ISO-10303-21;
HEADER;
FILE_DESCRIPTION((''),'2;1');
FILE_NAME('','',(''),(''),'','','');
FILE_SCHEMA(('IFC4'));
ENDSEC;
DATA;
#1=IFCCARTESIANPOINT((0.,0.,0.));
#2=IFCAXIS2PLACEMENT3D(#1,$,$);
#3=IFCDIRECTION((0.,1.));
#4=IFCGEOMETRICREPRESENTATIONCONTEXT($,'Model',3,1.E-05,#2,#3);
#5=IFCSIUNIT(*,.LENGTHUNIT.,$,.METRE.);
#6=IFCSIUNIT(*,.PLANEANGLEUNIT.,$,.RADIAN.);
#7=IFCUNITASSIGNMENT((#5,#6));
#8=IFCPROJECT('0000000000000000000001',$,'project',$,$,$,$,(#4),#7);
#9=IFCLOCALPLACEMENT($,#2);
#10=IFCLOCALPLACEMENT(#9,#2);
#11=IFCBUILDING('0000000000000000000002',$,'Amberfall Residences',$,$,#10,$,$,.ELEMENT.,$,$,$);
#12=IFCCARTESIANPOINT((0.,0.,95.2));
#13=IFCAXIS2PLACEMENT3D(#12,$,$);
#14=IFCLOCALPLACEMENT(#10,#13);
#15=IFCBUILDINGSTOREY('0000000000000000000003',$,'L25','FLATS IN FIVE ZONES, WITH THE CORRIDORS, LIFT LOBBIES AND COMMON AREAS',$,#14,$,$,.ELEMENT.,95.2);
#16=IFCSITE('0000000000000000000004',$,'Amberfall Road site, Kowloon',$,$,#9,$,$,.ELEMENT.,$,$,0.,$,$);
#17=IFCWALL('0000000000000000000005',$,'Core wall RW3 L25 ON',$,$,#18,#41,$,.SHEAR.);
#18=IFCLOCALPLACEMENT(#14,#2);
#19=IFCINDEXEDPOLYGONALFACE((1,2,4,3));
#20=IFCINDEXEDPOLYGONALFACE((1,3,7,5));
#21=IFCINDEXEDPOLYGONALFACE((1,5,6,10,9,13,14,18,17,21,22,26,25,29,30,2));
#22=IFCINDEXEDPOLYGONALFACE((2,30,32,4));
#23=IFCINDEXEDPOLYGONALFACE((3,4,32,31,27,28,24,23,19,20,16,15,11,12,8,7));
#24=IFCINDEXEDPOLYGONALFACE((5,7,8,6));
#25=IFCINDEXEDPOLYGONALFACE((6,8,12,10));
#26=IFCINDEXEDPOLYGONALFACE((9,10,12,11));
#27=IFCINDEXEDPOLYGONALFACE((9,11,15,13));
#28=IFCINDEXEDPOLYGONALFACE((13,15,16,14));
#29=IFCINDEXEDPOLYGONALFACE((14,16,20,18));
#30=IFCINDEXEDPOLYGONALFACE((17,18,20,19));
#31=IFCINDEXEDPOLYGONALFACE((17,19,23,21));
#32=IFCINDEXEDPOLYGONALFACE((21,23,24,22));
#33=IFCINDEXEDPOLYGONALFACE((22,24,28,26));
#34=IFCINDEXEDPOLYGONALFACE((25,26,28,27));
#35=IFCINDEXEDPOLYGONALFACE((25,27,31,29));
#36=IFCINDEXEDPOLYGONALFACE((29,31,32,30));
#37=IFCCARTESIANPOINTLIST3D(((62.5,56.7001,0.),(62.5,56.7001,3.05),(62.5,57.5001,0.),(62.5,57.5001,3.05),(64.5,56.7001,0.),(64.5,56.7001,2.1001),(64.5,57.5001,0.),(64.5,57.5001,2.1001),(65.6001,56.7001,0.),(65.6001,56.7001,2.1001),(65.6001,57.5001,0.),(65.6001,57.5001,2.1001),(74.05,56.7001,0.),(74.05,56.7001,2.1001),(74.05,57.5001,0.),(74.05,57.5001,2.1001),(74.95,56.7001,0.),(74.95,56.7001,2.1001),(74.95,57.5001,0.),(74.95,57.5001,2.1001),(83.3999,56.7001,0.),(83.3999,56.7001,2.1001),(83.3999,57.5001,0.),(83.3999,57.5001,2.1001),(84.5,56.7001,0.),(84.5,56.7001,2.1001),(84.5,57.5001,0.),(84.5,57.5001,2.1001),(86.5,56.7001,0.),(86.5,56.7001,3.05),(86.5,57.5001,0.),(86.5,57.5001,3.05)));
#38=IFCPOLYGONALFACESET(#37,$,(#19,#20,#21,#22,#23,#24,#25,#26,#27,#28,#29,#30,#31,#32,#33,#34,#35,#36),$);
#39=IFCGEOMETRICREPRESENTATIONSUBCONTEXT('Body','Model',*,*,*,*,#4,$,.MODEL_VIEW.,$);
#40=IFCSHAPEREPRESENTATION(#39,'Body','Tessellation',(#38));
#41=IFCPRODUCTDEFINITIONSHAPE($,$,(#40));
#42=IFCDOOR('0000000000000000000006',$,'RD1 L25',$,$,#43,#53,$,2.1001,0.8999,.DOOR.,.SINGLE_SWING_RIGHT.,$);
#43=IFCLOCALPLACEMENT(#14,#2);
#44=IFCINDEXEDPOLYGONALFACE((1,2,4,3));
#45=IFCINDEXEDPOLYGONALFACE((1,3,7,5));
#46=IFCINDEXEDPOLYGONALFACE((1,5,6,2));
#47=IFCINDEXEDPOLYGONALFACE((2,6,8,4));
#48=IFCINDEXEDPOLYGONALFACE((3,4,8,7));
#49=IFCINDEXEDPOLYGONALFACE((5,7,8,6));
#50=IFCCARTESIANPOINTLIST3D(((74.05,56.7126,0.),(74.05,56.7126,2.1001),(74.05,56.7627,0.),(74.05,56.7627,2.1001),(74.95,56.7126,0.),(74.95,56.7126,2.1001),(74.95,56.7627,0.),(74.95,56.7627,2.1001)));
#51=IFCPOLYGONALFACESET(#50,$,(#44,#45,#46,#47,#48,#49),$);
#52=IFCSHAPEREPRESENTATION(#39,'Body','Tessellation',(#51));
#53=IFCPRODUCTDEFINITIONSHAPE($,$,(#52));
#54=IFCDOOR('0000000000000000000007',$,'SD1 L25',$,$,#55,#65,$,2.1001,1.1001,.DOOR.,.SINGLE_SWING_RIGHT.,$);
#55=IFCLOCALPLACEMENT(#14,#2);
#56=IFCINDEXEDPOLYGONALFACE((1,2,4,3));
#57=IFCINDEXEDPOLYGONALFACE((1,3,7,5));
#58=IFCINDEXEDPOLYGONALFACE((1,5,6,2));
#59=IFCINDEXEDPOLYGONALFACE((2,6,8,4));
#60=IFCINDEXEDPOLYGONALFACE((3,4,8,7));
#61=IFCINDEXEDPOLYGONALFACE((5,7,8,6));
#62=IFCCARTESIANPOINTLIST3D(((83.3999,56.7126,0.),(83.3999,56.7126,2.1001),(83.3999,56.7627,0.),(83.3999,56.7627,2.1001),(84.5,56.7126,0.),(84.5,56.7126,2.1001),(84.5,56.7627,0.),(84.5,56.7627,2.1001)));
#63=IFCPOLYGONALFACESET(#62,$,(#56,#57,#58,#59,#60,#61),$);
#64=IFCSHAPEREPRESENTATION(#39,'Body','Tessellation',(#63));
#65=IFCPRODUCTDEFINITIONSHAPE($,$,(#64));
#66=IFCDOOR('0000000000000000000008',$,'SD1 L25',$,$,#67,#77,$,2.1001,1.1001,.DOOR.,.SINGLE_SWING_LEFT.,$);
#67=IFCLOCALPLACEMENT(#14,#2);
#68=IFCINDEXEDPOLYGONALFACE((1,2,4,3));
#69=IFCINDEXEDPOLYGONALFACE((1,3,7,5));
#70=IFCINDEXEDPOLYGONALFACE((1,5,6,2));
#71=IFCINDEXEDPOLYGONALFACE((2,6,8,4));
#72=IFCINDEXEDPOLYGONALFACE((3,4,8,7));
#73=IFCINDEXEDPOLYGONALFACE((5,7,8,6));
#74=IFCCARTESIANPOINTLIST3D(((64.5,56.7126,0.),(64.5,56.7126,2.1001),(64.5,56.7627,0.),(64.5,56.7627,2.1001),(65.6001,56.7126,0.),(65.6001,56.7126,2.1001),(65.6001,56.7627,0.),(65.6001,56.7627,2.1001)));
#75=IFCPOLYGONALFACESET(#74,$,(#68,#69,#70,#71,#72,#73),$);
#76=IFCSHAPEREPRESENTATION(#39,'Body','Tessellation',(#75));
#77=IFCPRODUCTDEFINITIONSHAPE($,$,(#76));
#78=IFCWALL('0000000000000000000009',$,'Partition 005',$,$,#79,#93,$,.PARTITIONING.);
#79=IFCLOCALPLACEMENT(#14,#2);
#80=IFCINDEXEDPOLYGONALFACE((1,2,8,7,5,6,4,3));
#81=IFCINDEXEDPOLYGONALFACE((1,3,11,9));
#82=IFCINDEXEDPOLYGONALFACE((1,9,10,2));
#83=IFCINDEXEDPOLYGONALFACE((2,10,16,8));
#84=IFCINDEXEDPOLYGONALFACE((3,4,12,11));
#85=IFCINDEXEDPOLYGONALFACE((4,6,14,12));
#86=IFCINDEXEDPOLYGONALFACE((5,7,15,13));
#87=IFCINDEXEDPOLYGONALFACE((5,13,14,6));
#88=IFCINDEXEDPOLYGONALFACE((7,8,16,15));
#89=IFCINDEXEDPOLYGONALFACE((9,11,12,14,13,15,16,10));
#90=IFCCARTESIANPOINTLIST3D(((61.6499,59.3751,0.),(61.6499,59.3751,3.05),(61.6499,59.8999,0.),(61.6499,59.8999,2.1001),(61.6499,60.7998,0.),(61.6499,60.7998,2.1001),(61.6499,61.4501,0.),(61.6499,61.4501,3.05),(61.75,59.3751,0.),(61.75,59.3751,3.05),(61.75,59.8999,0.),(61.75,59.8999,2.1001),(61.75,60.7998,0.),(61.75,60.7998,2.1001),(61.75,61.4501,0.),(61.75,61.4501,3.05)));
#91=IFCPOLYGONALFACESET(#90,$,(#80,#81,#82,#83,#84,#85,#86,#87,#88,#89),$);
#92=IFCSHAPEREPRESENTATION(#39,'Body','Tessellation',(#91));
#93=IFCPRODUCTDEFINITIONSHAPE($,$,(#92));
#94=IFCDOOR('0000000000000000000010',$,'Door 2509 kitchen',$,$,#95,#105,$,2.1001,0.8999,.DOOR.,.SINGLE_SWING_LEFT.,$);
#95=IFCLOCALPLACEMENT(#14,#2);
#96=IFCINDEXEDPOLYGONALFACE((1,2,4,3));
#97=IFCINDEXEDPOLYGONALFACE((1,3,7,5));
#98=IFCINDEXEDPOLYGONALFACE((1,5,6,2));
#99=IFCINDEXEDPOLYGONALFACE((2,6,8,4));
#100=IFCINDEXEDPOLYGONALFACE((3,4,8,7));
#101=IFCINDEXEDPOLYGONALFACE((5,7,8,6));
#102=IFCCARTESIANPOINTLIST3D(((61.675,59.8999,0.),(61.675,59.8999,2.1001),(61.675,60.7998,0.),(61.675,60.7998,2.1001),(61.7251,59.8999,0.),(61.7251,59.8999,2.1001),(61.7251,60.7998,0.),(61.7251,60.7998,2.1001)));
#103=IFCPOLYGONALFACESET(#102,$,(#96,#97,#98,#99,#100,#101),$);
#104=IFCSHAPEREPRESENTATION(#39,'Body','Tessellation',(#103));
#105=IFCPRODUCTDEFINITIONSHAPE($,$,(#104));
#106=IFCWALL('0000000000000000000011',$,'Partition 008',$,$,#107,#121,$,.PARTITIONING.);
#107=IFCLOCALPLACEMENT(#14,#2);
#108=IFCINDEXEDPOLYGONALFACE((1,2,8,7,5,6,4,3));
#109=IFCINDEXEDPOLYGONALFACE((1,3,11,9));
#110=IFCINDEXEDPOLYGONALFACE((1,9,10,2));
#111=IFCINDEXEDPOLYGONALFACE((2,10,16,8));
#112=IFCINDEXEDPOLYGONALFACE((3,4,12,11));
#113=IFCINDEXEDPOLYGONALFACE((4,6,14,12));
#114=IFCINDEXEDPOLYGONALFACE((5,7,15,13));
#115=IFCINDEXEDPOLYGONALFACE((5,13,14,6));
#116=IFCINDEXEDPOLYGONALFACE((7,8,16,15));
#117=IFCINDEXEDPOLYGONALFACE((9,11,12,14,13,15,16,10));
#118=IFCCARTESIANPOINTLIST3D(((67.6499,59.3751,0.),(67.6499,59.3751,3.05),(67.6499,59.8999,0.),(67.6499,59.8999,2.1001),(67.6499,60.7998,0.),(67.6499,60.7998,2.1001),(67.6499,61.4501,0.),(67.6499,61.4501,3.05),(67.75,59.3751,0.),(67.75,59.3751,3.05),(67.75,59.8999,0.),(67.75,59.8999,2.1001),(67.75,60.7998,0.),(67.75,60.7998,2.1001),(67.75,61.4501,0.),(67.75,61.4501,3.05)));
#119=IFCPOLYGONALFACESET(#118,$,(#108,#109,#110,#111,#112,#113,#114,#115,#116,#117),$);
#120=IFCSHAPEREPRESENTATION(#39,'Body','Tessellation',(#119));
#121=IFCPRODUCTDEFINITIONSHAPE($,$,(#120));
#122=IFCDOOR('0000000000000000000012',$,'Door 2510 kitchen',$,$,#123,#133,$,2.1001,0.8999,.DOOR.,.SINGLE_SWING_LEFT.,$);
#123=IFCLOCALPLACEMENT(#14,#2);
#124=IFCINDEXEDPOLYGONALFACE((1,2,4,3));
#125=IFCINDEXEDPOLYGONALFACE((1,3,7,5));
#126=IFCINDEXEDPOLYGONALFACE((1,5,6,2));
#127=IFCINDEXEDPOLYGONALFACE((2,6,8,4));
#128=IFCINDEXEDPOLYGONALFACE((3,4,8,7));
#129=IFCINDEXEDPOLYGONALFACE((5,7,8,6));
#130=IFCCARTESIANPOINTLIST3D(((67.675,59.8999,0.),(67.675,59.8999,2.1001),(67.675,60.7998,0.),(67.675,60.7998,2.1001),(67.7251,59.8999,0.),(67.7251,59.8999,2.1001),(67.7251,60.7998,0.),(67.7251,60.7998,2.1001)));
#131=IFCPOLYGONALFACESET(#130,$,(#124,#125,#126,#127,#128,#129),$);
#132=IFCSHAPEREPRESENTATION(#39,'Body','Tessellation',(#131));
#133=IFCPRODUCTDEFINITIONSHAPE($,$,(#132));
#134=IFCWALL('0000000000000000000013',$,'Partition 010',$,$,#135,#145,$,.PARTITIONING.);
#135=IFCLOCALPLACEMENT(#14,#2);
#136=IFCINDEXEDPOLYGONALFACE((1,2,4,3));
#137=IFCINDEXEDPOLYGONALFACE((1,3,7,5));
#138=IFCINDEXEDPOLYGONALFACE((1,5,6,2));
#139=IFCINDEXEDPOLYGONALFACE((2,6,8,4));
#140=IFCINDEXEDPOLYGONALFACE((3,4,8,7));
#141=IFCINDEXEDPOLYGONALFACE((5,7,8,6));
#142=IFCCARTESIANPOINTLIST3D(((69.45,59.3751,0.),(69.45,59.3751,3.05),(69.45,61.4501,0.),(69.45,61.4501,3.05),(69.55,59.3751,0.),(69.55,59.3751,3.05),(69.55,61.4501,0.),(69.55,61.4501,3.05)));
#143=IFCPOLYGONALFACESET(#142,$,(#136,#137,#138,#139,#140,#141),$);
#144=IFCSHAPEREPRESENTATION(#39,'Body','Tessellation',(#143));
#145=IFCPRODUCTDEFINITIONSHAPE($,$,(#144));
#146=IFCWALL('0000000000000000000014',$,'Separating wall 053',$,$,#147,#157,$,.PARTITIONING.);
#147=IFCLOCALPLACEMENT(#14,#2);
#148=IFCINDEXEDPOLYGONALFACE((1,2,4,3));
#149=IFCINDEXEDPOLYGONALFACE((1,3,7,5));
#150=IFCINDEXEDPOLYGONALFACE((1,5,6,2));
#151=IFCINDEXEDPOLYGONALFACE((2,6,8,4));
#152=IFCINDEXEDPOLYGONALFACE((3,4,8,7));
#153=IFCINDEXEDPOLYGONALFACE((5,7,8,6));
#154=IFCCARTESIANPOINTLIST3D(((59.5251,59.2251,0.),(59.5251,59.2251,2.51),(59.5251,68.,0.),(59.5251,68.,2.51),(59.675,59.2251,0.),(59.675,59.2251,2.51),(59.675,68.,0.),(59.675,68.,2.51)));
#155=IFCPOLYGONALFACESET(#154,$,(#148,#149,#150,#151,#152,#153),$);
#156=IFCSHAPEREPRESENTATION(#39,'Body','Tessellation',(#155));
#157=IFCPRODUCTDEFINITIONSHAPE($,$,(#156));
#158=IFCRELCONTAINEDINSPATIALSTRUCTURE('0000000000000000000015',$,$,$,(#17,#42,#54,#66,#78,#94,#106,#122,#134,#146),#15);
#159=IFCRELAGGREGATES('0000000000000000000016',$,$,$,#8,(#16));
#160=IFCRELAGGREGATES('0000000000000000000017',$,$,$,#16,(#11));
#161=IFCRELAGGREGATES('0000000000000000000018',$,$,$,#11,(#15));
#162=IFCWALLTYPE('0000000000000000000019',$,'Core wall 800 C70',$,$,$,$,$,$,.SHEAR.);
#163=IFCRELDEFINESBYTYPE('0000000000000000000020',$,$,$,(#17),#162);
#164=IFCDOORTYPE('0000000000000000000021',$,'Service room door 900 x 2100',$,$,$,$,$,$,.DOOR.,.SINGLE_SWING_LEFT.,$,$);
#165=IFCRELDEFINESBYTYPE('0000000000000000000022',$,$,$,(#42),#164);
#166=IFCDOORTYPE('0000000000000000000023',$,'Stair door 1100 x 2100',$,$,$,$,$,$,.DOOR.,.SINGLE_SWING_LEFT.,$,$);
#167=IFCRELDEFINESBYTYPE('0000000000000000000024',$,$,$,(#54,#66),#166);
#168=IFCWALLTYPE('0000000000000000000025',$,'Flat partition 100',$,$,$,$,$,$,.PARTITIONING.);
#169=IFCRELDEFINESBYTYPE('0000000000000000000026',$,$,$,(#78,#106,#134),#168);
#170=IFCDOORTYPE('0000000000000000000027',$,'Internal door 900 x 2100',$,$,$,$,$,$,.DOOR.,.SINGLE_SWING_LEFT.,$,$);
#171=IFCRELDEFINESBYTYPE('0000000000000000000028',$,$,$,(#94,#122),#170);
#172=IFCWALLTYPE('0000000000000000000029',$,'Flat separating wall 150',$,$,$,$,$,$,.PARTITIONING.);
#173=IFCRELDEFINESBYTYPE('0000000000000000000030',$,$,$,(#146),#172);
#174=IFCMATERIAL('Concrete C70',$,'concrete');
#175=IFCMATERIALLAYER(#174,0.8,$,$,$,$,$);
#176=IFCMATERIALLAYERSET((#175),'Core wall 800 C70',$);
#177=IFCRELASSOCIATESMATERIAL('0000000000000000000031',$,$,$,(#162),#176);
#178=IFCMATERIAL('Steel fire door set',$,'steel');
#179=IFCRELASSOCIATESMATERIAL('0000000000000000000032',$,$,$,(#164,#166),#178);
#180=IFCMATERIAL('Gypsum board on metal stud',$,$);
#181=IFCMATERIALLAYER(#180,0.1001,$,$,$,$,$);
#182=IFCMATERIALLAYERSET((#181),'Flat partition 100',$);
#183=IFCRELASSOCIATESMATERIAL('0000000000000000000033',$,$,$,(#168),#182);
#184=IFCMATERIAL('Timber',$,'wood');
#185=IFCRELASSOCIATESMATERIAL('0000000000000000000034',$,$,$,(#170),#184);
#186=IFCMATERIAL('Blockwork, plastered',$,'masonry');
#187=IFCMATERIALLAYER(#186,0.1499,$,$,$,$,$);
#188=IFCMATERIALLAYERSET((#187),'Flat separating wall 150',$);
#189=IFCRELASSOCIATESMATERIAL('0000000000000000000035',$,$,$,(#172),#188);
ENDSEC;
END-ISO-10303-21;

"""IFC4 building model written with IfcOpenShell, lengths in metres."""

from ifc_helpers import new_model, si_unit, direction, frame, frame_2d, origin, place, context, subcontext, project, spatial, rectangle, extrude, material, layer, layer_set, type_object, element, fill, save


model = new_model("IFC4")

# Units and contexts
model_context = context("Model", 3, precision=1e-05, world=origin(), true_north=direction((0.0, 1.0)))
body_context = subcontext(model_context, "Body", "Model", "MODEL_VIEW")
ifc_project = project(units=[si_unit("LENGTHUNIT", "METRE"), si_unit("PLANEANGLEUNIT", "RADIAN")], contexts=[model_context])

# Site, building, storey
site_placement = place(None, origin())
site = spatial("IfcSite", under=ifc_project, at=site_placement, Name="Amberfall Road site, Kowloon", CompositionType="ELEMENT", RefElevation=0.0)
building_placement = place(site_placement, origin())
building = spatial("IfcBuilding", under=site, at=building_placement, Name="Amberfall Residences", CompositionType="ELEMENT")
storey_placement = place(building_placement, frame((0.0, 0.0, 95.2)))
storey = spatial("IfcBuildingStorey", under=building, at=storey_placement, Name="L25", Description="FLATS IN FIVE ZONES, WITH THE CORRIDORS, LIFT LOBBIES AND COMMON AREAS", CompositionType="ELEMENT", Elevation=95.2)

# Wall, openings, doors
ifc_material_1 = material(Name="Concrete C70", Category="concrete")
ifc_layer_1 = layer(ifc_material_1, 0.8)
ifc_layer_set_1 = layer_set([ifc_layer_1], Name="Core wall 800 C70")
wall_type_1 = type_object("IfcWallType", Name="Core wall 800 C70", PredefinedType="SHEAR", material=ifc_layer_set_1)
wall_1_placement = place(storey_placement, frame((62.5, 57.1001, 0.0), z_axis=(0.0, 0.0, 1.0), x_axis=(1.0, 0.0, 0.0)))
wall_1 = element("IfcWall", 1, at=wall_1_placement, inside=storey, type_object=wall_type_1, Name="Core wall RW3 L25 ON", PredefinedType="SHEAR", context=body_context, shape_type="SweptSolid", body=[
    extrude(rectangle(XDim=24.0, YDim=0.8, at=frame_2d((12.0, 0.0))), origin(), (0.0, 0.0, 1.0), 3.05),
])
opening_1_placement = place(wall_1_placement, frame((20.8999, 0.0, 0.0)))
opening_1 = element("IfcOpeningElement", 2, at=opening_1_placement, cuts=wall_1, PredefinedType="OPENING", context=body_context, shape_type="SweptSolid", body=[
    extrude(rectangle(XDim=1.1001, YDim=2.1001, at=frame_2d((0.55, 1.05))), frame((0.0, 0.4099, 0.0), z_axis=(0.0, -1.0, 0.0), x_axis=(1.0, 0.0, 0.0)), (0.0, 0.0, 1.0), 0.8201),
])
opening_2_placement = place(wall_1_placement, frame((2.0, 0.0, 0.0)))
opening_2 = element("IfcOpeningElement", 3, at=opening_2_placement, cuts=wall_1, PredefinedType="OPENING", context=body_context, shape_type="SweptSolid", body=[
    extrude(rectangle(XDim=1.1001, YDim=2.1001, at=frame_2d((0.55, 1.05))), frame((0.0, 0.4099, 0.0), z_axis=(0.0, -1.0, 0.0), x_axis=(1.0, 0.0, 0.0)), (0.0, 0.0, 1.0), 0.8201),
])
opening_3_placement = place(wall_1_placement, frame((11.55, 0.0, 0.0)))
opening_3 = element("IfcOpeningElement", 4, at=opening_3_placement, cuts=wall_1, PredefinedType="OPENING", context=body_context, shape_type="SweptSolid", body=[
    extrude(rectangle(XDim=0.8999, YDim=2.1001, at=frame_2d((0.45, 1.05))), frame((0.0, 0.4099, 0.0), z_axis=(0.0, -1.0, 0.0), x_axis=(1.0, 0.0, 0.0)), (0.0, 0.0, 1.0), 0.8201),
])
ifc_material_2 = material(Name="Steel fire door set", Category="steel")
door_type_1 = type_object("IfcDoorType", Name="Service room door 900 x 2100", OperationType="SINGLE_SWING_LEFT", PredefinedType="DOOR", material=ifc_material_2)
door_1_placement = place(opening_3_placement, origin())
door_1 = element("IfcDoor", 5, at=door_1_placement, inside=storey, type_object=door_type_1, Name="RD1 L25", OperationType="SINGLE_SWING_RIGHT", OverallHeight=2.1001, OverallWidth=0.8999, PredefinedType="DOOR", context=body_context, shape_type="SweptSolid", body=[
    extrude(rectangle(XDim=0.8999, YDim=2.1001, at=frame_2d((0.45, 1.05))), frame((0.0, -0.3374, 0.0), z_axis=(0.0, -1.0, 0.0), x_axis=(1.0, 0.0, 0.0)), (0.0, 0.0, 1.0), 0.05),
])
fill(opening_3, door_1)
door_type_2 = type_object("IfcDoorType", Name="Stair door 1100 x 2100", OperationType="SINGLE_SWING_LEFT", PredefinedType="DOOR", material=ifc_material_2)
door_2_placement = place(opening_1_placement, origin())
door_2 = element("IfcDoor", 6, at=door_2_placement, inside=storey, type_object=door_type_2, Name="SD1 L25", OperationType="SINGLE_SWING_RIGHT", OverallHeight=2.1001, OverallWidth=1.1001, PredefinedType="DOOR", context=body_context, shape_type="SweptSolid", body=[
    extrude(rectangle(XDim=1.1001, YDim=2.1001, at=frame_2d((0.55, 1.05))), frame((0.0, -0.3374, 0.0), z_axis=(0.0, -1.0, 0.0), x_axis=(1.0, 0.0, 0.0)), (0.0, 0.0, 1.0), 0.05),
])
fill(opening_1, door_2)
door_3_placement = place(opening_2_placement, origin())
door_3 = element("IfcDoor", 7, at=door_3_placement, inside=storey, type_object=door_type_2, Name="SD1 L25", OperationType="SINGLE_SWING_LEFT", OverallHeight=2.1001, OverallWidth=1.1001, PredefinedType="DOOR", context=body_context, shape_type="SweptSolid", body=[
    extrude(rectangle(XDim=1.1001, YDim=2.1001, at=frame_2d((0.55, 1.05))), frame((0.0, -0.3374, 0.0), z_axis=(0.0, -1.0, 0.0), x_axis=(1.0, 0.0, 0.0)), (0.0, 0.0, 1.0), 0.05),
])
fill(opening_2, door_3)

# Walls, openings, doors
ifc_material_3 = material(Name="Gypsum board on metal stud")
ifc_layer_2 = layer(ifc_material_3, 0.1001)
ifc_layer_set_2 = layer_set([ifc_layer_2], Name="Flat partition 100")
wall_type_2 = type_object("IfcWallType", Name="Flat partition 100", PredefinedType="PARTITIONING", material=ifc_layer_set_2)
wall_2_placement = place(storey_placement, frame((61.7, 59.375, 0.0), z_axis=(0.0, 0.0, 1.0), x_axis=(0.0, 1.0, 0.0)))
wall_2 = element("IfcWall", 8, at=wall_2_placement, inside=storey, type_object=wall_type_2, Name="Partition 005", PredefinedType="PARTITIONING", context=body_context, shape_type="SweptSolid", body=[
    extrude(rectangle(XDim=2.075, YDim=0.1001, at=frame_2d((1.0376, 0.0))), origin(), (0.0, 0.0, 1.0), 3.05),
])
opening_4_placement = place(wall_2_placement, frame((0.5249, 0.0, 0.0)))
opening_4 = element("IfcOpeningElement", 9, at=opening_4_placement, cuts=wall_2, PredefinedType="OPENING", context=body_context, shape_type="SweptSolid", body=[
    extrude(rectangle(XDim=0.8999, YDim=2.1001, at=frame_2d((0.45, 1.05))), frame((0.0, 0.0601, 0.0), z_axis=(0.0, -1.0, 0.0), x_axis=(1.0, 0.0, 0.0)), (0.0, 0.0, 1.0), 0.1201),
])
ifc_material_4 = material(Name="Timber", Category="wood")
door_type_3 = type_object("IfcDoorType", Name="Internal door 900 x 2100", OperationType="SINGLE_SWING_LEFT", PredefinedType="DOOR", material=ifc_material_4)
door_4_placement = place(opening_4_placement, origin())
door_4 = element("IfcDoor", 10, at=door_4_placement, inside=storey, type_object=door_type_3, Name="Door 2509 kitchen", OperationType="SINGLE_SWING_LEFT", OverallHeight=2.1001, OverallWidth=0.8999, PredefinedType="DOOR", context=body_context, shape_type="SweptSolid", body=[
    extrude(rectangle(XDim=0.8999, YDim=2.1001, at=frame_2d((0.45, 1.05))), frame((0.0, 0.0249, 0.0), z_axis=(0.0, -1.0, 0.0), x_axis=(1.0, 0.0, 0.0)), (0.0, 0.0, 1.0), 0.05),
])
fill(opening_4, door_4)
wall_3_placement = place(storey_placement, frame((67.7, 59.375, 0.0), z_axis=(0.0, 0.0, 1.0), x_axis=(0.0, 1.0, 0.0)))
wall_3 = element("IfcWall", 11, at=wall_3_placement, inside=storey, type_object=wall_type_2, Name="Partition 008", PredefinedType="PARTITIONING", context=body_context, shape_type="SweptSolid", body=[
    extrude(rectangle(XDim=2.075, YDim=0.1001, at=frame_2d((1.0376, 0.0))), origin(), (0.0, 0.0, 1.0), 3.05),
])
opening_5_placement = place(wall_3_placement, frame((0.5249, 0.0, 0.0)))
opening_5 = element("IfcOpeningElement", 12, at=opening_5_placement, cuts=wall_3, PredefinedType="OPENING", context=body_context, shape_type="SweptSolid", body=[
    extrude(rectangle(XDim=0.8999, YDim=2.1001, at=frame_2d((0.45, 1.05))), frame((0.0, 0.0601, 0.0), z_axis=(0.0, -1.0, 0.0), x_axis=(1.0, 0.0, 0.0)), (0.0, 0.0, 1.0), 0.1201),
])
door_5_placement = place(opening_5_placement, origin())
door_5 = element("IfcDoor", 13, at=door_5_placement, inside=storey, type_object=door_type_3, Name="Door 2510 kitchen", OperationType="SINGLE_SWING_LEFT", OverallHeight=2.1001, OverallWidth=0.8999, PredefinedType="DOOR", context=body_context, shape_type="SweptSolid", body=[
    extrude(rectangle(XDim=0.8999, YDim=2.1001, at=frame_2d((0.45, 1.05))), frame((0.0, 0.0249, 0.0), z_axis=(0.0, -1.0, 0.0), x_axis=(1.0, 0.0, 0.0)), (0.0, 0.0, 1.0), 0.05),
])
fill(opening_5, door_5)

# Walls
wall_4_placement = place(storey_placement, frame((69.5, 59.375, 0.0), z_axis=(0.0, 0.0, 1.0), x_axis=(0.0, 1.0, 0.0)))
element("IfcWall", 14, at=wall_4_placement, inside=storey, type_object=wall_type_2, Name="Partition 010", PredefinedType="PARTITIONING", context=body_context, shape_type="SweptSolid", body=[
    extrude(rectangle(XDim=2.075, YDim=0.1001, at=frame_2d((1.0376, 0.0))), origin(), (0.0, 0.0, 1.0), 3.05),
])
ifc_material_5 = material(Name="Blockwork, plastered", Category="masonry")
ifc_layer_3 = layer(ifc_material_5, 0.1499)
ifc_layer_set_3 = layer_set([ifc_layer_3], Name="Flat separating wall 150")
wall_type_3 = type_object("IfcWallType", Name="Flat separating wall 150", PredefinedType="PARTITIONING", material=ifc_layer_set_3)
wall_5_placement = place(storey_placement, frame((59.6001, 59.2251, 0.0), z_axis=(0.0, 0.0, 1.0), x_axis=(0.0, 1.0, 0.0)))
element("IfcWall", 15, at=wall_5_placement, inside=storey, type_object=wall_type_3, Name="Separating wall 053", PredefinedType="PARTITIONING", context=body_context, shape_type="SweptSolid", body=[
    extrude(rectangle(XDim=8.7749, YDim=0.1499, at=frame_2d((4.3875, 0.0))), origin(), (0.0, 0.0, 1.0), 2.51),
])

save(model, "model.ifc")
